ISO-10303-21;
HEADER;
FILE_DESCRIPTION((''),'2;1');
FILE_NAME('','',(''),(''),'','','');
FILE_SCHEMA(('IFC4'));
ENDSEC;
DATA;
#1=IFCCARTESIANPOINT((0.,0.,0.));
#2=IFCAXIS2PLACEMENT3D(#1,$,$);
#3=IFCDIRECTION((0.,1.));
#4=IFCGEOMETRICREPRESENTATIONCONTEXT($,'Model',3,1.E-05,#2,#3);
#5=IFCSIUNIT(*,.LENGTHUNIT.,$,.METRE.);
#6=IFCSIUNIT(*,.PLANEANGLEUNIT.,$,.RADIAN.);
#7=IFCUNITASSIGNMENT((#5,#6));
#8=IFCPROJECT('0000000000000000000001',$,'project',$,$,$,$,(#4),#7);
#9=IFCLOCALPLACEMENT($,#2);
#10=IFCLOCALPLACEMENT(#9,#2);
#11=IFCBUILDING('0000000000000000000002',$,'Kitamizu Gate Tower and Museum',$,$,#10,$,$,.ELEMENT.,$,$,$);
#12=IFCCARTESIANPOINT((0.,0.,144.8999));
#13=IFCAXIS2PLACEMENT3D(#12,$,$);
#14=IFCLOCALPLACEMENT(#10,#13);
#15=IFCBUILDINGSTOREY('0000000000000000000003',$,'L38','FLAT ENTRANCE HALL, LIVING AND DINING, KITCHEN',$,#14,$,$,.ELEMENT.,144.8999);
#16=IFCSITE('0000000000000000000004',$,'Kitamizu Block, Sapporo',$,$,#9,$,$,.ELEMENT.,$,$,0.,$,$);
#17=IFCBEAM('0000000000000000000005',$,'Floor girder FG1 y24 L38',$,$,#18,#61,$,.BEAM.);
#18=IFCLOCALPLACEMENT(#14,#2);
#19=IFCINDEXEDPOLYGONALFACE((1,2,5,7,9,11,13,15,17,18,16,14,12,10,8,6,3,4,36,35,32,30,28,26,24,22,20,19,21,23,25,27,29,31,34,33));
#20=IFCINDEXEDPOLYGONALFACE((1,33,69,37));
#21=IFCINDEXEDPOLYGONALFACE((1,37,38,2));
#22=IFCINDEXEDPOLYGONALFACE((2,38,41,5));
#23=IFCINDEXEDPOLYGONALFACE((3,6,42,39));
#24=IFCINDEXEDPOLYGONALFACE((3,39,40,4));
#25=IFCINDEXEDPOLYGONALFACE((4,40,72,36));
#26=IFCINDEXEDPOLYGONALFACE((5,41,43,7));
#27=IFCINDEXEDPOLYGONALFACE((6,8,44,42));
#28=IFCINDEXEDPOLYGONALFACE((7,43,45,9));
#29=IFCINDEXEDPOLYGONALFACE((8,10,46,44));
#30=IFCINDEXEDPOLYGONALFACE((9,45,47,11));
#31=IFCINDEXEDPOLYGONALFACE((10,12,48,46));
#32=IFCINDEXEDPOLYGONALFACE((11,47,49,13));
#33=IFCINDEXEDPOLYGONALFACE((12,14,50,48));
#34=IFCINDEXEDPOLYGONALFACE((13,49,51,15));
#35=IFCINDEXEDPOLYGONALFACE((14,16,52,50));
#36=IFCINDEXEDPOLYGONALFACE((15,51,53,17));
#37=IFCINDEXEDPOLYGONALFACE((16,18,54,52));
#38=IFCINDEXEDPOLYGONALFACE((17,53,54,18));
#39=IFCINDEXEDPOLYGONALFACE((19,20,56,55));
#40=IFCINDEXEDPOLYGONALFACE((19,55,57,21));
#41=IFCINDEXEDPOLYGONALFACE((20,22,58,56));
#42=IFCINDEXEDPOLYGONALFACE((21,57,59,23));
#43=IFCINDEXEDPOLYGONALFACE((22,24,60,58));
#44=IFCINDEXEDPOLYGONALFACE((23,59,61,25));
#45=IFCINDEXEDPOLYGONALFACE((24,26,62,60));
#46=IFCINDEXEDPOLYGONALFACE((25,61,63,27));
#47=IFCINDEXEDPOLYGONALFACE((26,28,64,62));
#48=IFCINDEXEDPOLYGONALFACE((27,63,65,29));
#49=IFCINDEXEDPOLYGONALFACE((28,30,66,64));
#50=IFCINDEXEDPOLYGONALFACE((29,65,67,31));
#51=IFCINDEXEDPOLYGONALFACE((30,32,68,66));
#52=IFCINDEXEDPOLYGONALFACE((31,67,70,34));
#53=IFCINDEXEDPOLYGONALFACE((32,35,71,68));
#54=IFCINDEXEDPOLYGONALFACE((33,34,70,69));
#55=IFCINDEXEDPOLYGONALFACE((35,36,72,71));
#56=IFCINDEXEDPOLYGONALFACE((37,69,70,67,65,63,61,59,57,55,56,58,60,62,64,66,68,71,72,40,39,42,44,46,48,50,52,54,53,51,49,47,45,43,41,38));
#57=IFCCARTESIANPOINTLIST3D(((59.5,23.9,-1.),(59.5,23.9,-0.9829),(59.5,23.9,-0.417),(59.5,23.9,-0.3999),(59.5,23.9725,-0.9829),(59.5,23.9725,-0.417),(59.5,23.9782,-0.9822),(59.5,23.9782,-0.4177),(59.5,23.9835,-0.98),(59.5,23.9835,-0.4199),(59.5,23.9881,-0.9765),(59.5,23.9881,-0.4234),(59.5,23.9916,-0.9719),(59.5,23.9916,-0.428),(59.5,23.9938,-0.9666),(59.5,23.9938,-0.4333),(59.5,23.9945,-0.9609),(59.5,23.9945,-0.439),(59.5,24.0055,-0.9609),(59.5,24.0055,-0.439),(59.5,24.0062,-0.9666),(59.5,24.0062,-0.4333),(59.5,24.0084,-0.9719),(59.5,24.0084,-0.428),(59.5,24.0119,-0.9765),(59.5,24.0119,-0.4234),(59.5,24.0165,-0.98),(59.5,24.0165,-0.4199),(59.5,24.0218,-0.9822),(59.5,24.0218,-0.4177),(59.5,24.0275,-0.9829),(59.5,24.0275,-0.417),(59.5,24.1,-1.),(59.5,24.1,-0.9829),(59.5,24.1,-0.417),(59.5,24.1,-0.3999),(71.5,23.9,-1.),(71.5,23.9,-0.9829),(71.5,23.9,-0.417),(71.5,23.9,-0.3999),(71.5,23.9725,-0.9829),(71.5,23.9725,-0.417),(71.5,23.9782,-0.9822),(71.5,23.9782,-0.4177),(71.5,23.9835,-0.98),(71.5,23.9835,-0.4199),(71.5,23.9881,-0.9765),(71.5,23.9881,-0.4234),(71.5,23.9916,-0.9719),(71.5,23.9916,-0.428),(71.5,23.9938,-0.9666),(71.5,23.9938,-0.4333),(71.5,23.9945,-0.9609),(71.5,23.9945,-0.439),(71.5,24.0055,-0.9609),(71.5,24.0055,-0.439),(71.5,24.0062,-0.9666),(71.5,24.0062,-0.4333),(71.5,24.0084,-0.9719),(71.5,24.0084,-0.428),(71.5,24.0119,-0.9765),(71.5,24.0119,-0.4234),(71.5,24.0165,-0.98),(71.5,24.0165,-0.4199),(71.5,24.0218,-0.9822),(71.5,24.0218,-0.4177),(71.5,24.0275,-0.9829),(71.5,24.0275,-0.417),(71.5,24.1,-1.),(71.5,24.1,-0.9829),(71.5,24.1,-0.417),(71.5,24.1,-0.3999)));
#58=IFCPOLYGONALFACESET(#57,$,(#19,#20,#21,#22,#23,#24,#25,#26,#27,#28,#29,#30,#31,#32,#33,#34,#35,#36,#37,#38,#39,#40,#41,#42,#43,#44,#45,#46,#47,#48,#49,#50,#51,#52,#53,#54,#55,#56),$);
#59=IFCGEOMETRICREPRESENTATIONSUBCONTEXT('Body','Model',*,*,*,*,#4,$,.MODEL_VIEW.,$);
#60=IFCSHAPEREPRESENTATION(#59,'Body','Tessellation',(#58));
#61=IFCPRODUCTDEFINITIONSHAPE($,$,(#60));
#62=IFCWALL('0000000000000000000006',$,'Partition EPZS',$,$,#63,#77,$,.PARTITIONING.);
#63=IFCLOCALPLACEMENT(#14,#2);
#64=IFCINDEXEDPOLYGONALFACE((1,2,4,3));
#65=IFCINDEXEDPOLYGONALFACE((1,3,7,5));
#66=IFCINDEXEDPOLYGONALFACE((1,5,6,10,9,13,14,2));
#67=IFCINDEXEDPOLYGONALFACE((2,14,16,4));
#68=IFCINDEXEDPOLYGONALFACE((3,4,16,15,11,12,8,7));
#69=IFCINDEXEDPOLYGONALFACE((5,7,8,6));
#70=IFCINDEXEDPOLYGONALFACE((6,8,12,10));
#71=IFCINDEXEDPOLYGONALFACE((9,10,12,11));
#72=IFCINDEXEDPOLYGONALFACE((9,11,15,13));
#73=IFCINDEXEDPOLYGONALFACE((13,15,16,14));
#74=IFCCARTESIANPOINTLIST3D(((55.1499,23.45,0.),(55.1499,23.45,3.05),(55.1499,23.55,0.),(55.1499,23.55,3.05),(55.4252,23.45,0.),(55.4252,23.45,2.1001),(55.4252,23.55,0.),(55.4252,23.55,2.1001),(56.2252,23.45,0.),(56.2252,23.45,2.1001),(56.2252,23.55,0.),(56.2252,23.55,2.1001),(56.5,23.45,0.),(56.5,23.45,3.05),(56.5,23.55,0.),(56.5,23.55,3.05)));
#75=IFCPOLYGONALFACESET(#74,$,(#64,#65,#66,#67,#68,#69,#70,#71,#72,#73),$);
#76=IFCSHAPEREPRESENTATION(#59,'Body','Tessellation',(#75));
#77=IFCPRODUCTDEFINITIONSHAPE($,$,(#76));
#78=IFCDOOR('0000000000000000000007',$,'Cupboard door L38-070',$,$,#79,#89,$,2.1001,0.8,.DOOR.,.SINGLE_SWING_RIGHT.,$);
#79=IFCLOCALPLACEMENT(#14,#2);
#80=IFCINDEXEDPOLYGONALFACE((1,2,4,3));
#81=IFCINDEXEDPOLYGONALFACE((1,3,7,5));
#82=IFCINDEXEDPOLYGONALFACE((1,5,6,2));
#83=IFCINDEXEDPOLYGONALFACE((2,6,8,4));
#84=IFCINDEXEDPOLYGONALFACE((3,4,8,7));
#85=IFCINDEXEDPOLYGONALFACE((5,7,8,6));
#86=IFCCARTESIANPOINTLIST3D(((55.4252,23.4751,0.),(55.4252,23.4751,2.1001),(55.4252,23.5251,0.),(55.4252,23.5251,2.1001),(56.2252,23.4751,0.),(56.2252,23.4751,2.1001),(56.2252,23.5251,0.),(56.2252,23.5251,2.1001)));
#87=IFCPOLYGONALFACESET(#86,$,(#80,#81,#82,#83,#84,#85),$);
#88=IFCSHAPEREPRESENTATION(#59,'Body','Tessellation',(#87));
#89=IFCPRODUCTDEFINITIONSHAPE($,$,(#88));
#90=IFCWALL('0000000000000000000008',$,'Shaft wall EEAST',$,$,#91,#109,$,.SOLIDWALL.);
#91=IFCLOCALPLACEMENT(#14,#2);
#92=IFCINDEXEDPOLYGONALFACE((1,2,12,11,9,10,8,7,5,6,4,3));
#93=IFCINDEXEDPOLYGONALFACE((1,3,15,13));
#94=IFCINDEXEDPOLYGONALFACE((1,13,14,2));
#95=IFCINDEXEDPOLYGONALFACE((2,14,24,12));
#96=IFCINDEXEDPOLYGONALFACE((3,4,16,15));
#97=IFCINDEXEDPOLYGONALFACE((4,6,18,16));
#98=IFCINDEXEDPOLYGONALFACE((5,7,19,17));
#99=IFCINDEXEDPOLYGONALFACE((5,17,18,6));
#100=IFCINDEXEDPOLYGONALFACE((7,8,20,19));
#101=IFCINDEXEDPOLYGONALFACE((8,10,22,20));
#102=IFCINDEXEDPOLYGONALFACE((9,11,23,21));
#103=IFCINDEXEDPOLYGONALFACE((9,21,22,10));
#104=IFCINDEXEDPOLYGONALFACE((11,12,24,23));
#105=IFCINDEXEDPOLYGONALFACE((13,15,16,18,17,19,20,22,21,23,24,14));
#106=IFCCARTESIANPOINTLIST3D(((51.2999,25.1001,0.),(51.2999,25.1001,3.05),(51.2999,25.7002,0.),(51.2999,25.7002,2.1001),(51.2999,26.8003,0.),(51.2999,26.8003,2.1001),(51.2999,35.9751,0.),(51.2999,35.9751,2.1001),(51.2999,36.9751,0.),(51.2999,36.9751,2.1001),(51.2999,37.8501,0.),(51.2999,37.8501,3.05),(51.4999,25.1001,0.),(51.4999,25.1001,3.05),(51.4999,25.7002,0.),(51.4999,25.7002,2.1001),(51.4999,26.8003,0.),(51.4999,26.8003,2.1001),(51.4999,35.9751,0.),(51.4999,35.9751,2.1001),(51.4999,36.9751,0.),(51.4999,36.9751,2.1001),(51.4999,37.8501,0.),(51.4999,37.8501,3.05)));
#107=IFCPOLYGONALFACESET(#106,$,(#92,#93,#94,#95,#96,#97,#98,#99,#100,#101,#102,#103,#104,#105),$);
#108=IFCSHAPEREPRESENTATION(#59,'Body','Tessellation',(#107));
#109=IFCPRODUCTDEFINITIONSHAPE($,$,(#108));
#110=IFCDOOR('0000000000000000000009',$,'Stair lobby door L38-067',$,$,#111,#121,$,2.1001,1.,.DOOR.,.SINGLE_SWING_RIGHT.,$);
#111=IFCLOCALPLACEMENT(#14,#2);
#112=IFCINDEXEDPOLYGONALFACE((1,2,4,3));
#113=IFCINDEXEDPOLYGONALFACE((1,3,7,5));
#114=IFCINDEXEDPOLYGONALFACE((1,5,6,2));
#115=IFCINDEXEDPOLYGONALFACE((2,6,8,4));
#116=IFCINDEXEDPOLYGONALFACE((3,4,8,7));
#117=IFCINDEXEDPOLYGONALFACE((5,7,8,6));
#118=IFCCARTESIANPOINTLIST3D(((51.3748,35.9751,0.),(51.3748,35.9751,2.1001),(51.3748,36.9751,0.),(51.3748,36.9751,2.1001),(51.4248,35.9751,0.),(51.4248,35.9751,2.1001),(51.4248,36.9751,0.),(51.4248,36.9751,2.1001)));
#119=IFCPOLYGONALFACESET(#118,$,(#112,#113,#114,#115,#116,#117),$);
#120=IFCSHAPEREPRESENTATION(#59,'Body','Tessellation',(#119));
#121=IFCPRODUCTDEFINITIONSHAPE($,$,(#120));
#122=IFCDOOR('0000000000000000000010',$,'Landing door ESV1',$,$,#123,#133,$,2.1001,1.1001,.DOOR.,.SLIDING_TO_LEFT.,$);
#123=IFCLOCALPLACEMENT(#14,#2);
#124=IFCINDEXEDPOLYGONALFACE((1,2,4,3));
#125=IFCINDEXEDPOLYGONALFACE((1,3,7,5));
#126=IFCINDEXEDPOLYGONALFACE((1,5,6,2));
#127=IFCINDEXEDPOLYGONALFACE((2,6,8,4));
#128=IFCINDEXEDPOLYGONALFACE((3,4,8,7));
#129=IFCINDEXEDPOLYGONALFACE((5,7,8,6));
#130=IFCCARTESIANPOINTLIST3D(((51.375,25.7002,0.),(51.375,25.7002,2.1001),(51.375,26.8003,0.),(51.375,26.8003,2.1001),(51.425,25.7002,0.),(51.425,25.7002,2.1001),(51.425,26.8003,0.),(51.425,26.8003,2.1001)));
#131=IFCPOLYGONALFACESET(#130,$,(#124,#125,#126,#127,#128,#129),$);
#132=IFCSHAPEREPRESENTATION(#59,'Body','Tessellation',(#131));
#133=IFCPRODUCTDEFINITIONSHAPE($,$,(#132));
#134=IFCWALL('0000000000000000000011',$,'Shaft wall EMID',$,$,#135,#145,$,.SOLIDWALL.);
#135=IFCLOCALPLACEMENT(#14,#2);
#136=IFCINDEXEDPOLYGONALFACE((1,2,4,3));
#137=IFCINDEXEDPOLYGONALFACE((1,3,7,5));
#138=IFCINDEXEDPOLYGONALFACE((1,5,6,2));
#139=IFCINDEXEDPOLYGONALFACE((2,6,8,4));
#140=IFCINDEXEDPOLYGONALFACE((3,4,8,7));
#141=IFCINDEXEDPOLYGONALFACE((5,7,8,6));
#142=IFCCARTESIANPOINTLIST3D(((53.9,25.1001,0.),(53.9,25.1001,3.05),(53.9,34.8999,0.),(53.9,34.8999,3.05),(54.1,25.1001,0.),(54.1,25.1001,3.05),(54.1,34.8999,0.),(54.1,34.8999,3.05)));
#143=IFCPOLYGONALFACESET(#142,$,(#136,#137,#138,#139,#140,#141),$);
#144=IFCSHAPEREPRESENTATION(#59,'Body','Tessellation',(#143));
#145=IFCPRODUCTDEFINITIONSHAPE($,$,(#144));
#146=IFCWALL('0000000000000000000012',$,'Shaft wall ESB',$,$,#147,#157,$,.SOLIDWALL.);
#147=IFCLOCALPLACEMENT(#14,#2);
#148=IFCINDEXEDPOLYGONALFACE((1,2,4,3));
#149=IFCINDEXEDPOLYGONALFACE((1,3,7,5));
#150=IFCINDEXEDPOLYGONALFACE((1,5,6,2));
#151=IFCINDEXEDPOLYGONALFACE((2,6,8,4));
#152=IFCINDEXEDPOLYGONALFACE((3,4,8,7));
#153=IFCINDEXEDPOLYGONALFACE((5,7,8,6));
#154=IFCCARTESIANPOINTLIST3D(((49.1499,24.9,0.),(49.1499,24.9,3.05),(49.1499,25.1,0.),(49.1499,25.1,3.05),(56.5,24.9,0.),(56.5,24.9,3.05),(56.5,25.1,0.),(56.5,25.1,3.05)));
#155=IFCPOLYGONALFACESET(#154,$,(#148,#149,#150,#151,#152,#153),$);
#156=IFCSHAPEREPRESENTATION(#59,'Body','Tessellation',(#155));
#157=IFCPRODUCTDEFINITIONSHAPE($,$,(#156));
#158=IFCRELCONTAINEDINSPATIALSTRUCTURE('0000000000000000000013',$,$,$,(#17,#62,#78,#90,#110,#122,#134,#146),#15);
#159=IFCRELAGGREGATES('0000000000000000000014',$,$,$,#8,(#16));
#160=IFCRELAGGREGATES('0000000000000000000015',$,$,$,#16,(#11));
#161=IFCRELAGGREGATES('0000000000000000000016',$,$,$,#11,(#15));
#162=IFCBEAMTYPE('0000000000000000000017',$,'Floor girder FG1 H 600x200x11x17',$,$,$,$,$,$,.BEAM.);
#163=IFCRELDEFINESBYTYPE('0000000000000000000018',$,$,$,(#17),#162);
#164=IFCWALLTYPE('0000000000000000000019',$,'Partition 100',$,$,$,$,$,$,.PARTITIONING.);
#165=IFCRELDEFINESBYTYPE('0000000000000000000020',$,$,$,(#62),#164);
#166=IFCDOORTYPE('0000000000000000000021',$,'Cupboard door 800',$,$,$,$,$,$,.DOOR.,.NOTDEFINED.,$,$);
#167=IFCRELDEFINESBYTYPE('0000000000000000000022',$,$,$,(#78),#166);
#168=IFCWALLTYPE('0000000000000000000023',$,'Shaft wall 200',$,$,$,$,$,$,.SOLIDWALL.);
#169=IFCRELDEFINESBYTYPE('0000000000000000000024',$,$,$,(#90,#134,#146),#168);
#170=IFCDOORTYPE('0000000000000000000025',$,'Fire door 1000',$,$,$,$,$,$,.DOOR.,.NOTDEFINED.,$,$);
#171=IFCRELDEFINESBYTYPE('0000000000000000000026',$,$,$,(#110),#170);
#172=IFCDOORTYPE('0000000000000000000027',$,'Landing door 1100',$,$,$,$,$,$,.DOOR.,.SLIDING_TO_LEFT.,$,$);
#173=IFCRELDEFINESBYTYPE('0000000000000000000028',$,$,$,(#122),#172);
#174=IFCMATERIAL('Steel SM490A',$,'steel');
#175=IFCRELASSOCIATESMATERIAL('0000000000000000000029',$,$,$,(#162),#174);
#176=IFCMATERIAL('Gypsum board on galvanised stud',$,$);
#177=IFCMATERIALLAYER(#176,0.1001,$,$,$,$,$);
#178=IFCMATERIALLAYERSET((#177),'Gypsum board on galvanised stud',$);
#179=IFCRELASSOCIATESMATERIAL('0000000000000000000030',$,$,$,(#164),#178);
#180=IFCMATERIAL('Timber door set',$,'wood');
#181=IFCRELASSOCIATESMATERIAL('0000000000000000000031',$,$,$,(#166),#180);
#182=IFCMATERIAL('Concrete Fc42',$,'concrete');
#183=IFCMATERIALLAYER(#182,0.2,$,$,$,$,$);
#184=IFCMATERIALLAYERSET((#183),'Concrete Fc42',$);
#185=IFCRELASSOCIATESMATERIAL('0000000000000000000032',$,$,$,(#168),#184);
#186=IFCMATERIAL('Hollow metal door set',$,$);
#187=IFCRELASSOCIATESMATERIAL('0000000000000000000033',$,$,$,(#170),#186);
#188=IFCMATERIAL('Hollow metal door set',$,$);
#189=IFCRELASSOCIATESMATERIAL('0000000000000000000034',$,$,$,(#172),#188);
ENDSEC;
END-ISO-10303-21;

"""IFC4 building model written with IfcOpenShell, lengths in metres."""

from ifc_helpers import new_model, si_unit, direction, frame, frame_2d, origin, origin_2d, place, context, subcontext, project, spatial, rectangle, i_section, extrude, material, layer, layer_set, material_profile, profile_set, type_object, element, fill, save


model = new_model("IFC4")

# Units and contexts
model_context = context("Model", 3, precision=1e-05, world=origin(), true_north=direction((0.0, 1.0)))
body_context = subcontext(model_context, "Body", "Model", "MODEL_VIEW")
ifc_project = project(units=[si_unit("LENGTHUNIT", "METRE"), si_unit("PLANEANGLEUNIT", "RADIAN")], contexts=[model_context])

# Site, building, storey
site_placement = place(None, origin())
site = spatial("IfcSite", under=ifc_project, at=site_placement, Name="Kitamizu Block, Sapporo", CompositionType="ELEMENT", RefElevation=0.0)
building_placement = place(site_placement, origin())
building = spatial("IfcBuilding", under=site, at=building_placement, Name="Kitamizu Gate Tower and Museum", CompositionType="ELEMENT")
storey_placement = place(building_placement, frame((0.0, 0.0, 144.8999)))
storey = spatial("IfcBuildingStorey", under=building, at=storey_placement, Name="L38", Description="FLAT ENTRANCE HALL, LIVING AND DINING, KITCHEN", CompositionType="ELEMENT", Elevation=144.8999)

# Beam
ifc_material_1 = material(Name="Steel SM490A", Category="steel")
ifc_material_profile = material_profile(ifc_material_1, i_section(OverallWidth=0.2, OverallDepth=0.6001, WebThickness=0.011, FlangeThickness=0.0171, FilletRadius=0.022, at=origin_2d()), Name="H-600x200x11x17")
ifc_profile_set = profile_set([ifc_material_profile], Name="Steel SM490A")
beam_type = type_object("IfcBeamType", Name="Floor girder FG1 H 600x200x11x17", PredefinedType="BEAM", material=ifc_profile_set)
beam_placement = place(storey_placement, frame((59.5, 24.0, -0.7), z_axis=(1.0, 0.0, 0.0), x_axis=(0.0, 1.0, 0.0)))
element("IfcBeam", 1, at=beam_placement, inside=storey, type_object=beam_type, Name="Floor girder FG1 y24 L38", PredefinedType="BEAM", context=body_context, shape_type="SweptSolid", body=[
    extrude(i_section(OverallWidth=0.2, OverallDepth=0.6001, WebThickness=0.011, FlangeThickness=0.0171, FilletRadius=0.022, at=origin_2d()), origin(), (0.0, 0.0, 1.0), 12.0),
])

# Wall, opening, door
ifc_material_2 = material(Name="Gypsum board on galvanised stud")
ifc_layer_1 = layer(ifc_material_2, 0.1001)
ifc_layer_set_1 = layer_set([ifc_layer_1], Name="Gypsum board on galvanised stud")
wall_type_1 = type_object("IfcWallType", Name="Partition 100", PredefinedType="PARTITIONING", material=ifc_layer_set_1)
wall_1_placement = place(storey_placement, frame((56.5, 23.5, 0.0), z_axis=(0.0, 0.0, 1.0), x_axis=(-1.0, 0.0, 0.0)))
wall_1 = element("IfcWall", 2, at=wall_1_placement, inside=storey, type_object=wall_type_1, Name="Partition EPZS", PredefinedType="PARTITIONING", context=body_context, shape_type="SweptSolid", body=[
    extrude(rectangle(XDim=1.3501, YDim=0.1001, at=frame_2d((0.675, 0.0))), origin(), (0.0, 0.0, 1.0), 3.05),
])
opening_1_placement = place(wall_1_placement, frame((0.2749, 0.0, 0.0)))
opening_1 = element("IfcOpeningElement", 3, at=opening_1_placement, cuts=wall_1, PredefinedType="OPENING", context=body_context, shape_type="SweptSolid", body=[
    extrude(rectangle(XDim=0.8, YDim=2.1001, at=frame_2d((0.3999, 1.05))), frame((0.0, 0.0601, 0.0), z_axis=(0.0, -1.0, 0.0), x_axis=(1.0, 0.0, 0.0)), (0.0, 0.0, 1.0), 0.1201),
])
ifc_material_3 = material(Name="Timber door set", Category="wood")
door_type_1 = type_object("IfcDoorType", Name="Cupboard door 800", OperationType="NOTDEFINED", PredefinedType="DOOR", material=ifc_material_3)
door_1_placement = place(opening_1_placement, origin())
door_1 = element("IfcDoor", 4, at=door_1_placement, inside=storey, type_object=door_type_1, Name="Cupboard door L38-070", OperationType="SINGLE_SWING_RIGHT", OverallHeight=2.1001, OverallWidth=0.8, PredefinedType="DOOR", context=body_context, shape_type="SweptSolid", body=[
    extrude(rectangle(XDim=0.8, YDim=2.1001, at=frame_2d((0.3999, 1.05))), frame((0.0, 0.0249, 0.0), z_axis=(0.0, -1.0, 0.0), x_axis=(1.0, 0.0, 0.0)), (0.0, 0.0, 1.0), 0.05),
])
fill(opening_1, door_1)

# Wall, openings, doors
ifc_material_4 = material(Name="Concrete Fc42", Category="concrete")
ifc_layer_2 = layer(ifc_material_4, 0.2)
ifc_layer_set_2 = layer_set([ifc_layer_2], Name="Concrete Fc42")
wall_type_2 = type_object("IfcWallType", Name="Shaft wall 200", PredefinedType="SOLIDWALL", material=ifc_layer_set_2)
wall_2_placement = place(storey_placement, frame((51.3999, 25.1001, 0.0), z_axis=(0.0, 0.0, 1.0), x_axis=(0.0, 1.0, 0.0)))
wall_2 = element("IfcWall", 5, at=wall_2_placement, inside=storey, type_object=wall_type_2, Name="Shaft wall EEAST", PredefinedType="SOLIDWALL", context=body_context, shape_type="SweptSolid", body=[
    extrude(rectangle(XDim=12.75, YDim=0.2, at=frame_2d((6.375, 0.0))), origin(), (0.0, 0.0, 1.0), 3.05),
])
opening_2_placement = place(wall_2_placement, frame((0.6001, 0.0, 0.0)))
opening_2 = element("IfcOpeningElement", 6, at=opening_2_placement, cuts=wall_2, PredefinedType="OPENING", context=body_context, shape_type="SweptSolid", body=[
    extrude(rectangle(XDim=1.1001, YDim=2.1001, at=frame_2d((0.55, 1.05))), frame((0.0, 0.1099, 0.0), z_axis=(0.0, -1.0, 0.0), x_axis=(1.0, 0.0, 0.0)), (0.0, 0.0, 1.0), 0.22),
])
opening_3_placement = place(wall_2_placement, frame((10.875, 0.0, 0.0)))
opening_3 = element("IfcOpeningElement", 7, at=opening_3_placement, cuts=wall_2, PredefinedType="OPENING", context=body_context, shape_type="SweptSolid", body=[
    extrude(rectangle(XDim=1.0, YDim=2.1001, at=frame_2d((0.5, 1.05))), frame((0.0, 0.1099, 0.0), z_axis=(0.0, -1.0, 0.0), x_axis=(1.0, 0.0, 0.0)), (0.0, 0.0, 1.0), 0.22),
])
ifc_material_5 = material(Name="Hollow metal door set")
door_type_2 = type_object("IfcDoorType", Name="Fire door 1000", OperationType="NOTDEFINED", PredefinedType="DOOR", material=ifc_material_5)
door_2_placement = place(opening_3_placement, frame((1.0, 0.0, 0.0), x_axis=(-1.0, 0.0, 0.0)))
door_2 = element("IfcDoor", 8, at=door_2_placement, inside=storey, type_object=door_type_2, Name="Stair lobby door L38-067", OperationType="SINGLE_SWING_RIGHT", OverallHeight=2.1001, OverallWidth=1.0, PredefinedType="DOOR", context=body_context, shape_type="SweptSolid", body=[
    extrude(rectangle(XDim=1.0, YDim=2.1001, at=frame_2d((0.5, 1.05))), frame((0.0, 0.0249, 0.0), z_axis=(0.0, -1.0, 0.0), x_axis=(1.0, 0.0, 0.0)), (0.0, 0.0, 1.0), 0.05),
])
fill(opening_3, door_2)
ifc_material_6 = material(Name="Hollow metal door set")
door_type_3 = type_object("IfcDoorType", Name="Landing door 1100", OperationType="SLIDING_TO_LEFT", PredefinedType="DOOR", material=ifc_material_6)
door_3_placement = place(opening_2_placement, origin())
door_3 = element("IfcDoor", 9, at=door_3_placement, inside=storey, type_object=door_type_3, Name="Landing door ESV1", OperationType="SLIDING_TO_LEFT", OverallHeight=2.1001, OverallWidth=1.1001, PredefinedType="DOOR", context=body_context, shape_type="SweptSolid", body=[
    extrude(rectangle(XDim=1.1001, YDim=2.1001, at=frame_2d((0.55, 1.05))), frame((0.0, 0.0249, 0.0), z_axis=(0.0, -1.0, 0.0), x_axis=(1.0, 0.0, 0.0)), (0.0, 0.0, 1.0), 0.05),
])
fill(opening_2, door_3)

# Walls
wall_3_placement = place(storey_placement, frame((54.0, 25.1001, 0.0), z_axis=(0.0, 0.0, 1.0), x_axis=(0.0, 1.0, 0.0)))
element("IfcWall", 10, at=wall_3_placement, inside=storey, type_object=wall_type_2, Name="Shaft wall EMID", PredefinedType="SOLIDWALL", context=body_context, shape_type="SweptSolid", body=[
    extrude(rectangle(XDim=9.7998, YDim=0.2, at=frame_2d((4.8999, 0.0))), origin(), (0.0, 0.0, 1.0), 3.05),
])
wall_4_placement = place(storey_placement, frame((56.5, 25.0, 0.0), z_axis=(0.0, 0.0, 1.0), x_axis=(-1.0, 0.0, 0.0)))
element("IfcWall", 11, at=wall_4_placement, inside=storey, type_object=wall_type_2, Name="Shaft wall ESB", PredefinedType="SOLIDWALL", context=body_context, shape_type="SweptSolid", body=[
    extrude(rectangle(XDim=7.3501, YDim=0.2, at=frame_2d((3.675, 0.0))), origin(), (0.0, 0.0, 1.0), 3.05),
])

save(model, "model.ifc")
